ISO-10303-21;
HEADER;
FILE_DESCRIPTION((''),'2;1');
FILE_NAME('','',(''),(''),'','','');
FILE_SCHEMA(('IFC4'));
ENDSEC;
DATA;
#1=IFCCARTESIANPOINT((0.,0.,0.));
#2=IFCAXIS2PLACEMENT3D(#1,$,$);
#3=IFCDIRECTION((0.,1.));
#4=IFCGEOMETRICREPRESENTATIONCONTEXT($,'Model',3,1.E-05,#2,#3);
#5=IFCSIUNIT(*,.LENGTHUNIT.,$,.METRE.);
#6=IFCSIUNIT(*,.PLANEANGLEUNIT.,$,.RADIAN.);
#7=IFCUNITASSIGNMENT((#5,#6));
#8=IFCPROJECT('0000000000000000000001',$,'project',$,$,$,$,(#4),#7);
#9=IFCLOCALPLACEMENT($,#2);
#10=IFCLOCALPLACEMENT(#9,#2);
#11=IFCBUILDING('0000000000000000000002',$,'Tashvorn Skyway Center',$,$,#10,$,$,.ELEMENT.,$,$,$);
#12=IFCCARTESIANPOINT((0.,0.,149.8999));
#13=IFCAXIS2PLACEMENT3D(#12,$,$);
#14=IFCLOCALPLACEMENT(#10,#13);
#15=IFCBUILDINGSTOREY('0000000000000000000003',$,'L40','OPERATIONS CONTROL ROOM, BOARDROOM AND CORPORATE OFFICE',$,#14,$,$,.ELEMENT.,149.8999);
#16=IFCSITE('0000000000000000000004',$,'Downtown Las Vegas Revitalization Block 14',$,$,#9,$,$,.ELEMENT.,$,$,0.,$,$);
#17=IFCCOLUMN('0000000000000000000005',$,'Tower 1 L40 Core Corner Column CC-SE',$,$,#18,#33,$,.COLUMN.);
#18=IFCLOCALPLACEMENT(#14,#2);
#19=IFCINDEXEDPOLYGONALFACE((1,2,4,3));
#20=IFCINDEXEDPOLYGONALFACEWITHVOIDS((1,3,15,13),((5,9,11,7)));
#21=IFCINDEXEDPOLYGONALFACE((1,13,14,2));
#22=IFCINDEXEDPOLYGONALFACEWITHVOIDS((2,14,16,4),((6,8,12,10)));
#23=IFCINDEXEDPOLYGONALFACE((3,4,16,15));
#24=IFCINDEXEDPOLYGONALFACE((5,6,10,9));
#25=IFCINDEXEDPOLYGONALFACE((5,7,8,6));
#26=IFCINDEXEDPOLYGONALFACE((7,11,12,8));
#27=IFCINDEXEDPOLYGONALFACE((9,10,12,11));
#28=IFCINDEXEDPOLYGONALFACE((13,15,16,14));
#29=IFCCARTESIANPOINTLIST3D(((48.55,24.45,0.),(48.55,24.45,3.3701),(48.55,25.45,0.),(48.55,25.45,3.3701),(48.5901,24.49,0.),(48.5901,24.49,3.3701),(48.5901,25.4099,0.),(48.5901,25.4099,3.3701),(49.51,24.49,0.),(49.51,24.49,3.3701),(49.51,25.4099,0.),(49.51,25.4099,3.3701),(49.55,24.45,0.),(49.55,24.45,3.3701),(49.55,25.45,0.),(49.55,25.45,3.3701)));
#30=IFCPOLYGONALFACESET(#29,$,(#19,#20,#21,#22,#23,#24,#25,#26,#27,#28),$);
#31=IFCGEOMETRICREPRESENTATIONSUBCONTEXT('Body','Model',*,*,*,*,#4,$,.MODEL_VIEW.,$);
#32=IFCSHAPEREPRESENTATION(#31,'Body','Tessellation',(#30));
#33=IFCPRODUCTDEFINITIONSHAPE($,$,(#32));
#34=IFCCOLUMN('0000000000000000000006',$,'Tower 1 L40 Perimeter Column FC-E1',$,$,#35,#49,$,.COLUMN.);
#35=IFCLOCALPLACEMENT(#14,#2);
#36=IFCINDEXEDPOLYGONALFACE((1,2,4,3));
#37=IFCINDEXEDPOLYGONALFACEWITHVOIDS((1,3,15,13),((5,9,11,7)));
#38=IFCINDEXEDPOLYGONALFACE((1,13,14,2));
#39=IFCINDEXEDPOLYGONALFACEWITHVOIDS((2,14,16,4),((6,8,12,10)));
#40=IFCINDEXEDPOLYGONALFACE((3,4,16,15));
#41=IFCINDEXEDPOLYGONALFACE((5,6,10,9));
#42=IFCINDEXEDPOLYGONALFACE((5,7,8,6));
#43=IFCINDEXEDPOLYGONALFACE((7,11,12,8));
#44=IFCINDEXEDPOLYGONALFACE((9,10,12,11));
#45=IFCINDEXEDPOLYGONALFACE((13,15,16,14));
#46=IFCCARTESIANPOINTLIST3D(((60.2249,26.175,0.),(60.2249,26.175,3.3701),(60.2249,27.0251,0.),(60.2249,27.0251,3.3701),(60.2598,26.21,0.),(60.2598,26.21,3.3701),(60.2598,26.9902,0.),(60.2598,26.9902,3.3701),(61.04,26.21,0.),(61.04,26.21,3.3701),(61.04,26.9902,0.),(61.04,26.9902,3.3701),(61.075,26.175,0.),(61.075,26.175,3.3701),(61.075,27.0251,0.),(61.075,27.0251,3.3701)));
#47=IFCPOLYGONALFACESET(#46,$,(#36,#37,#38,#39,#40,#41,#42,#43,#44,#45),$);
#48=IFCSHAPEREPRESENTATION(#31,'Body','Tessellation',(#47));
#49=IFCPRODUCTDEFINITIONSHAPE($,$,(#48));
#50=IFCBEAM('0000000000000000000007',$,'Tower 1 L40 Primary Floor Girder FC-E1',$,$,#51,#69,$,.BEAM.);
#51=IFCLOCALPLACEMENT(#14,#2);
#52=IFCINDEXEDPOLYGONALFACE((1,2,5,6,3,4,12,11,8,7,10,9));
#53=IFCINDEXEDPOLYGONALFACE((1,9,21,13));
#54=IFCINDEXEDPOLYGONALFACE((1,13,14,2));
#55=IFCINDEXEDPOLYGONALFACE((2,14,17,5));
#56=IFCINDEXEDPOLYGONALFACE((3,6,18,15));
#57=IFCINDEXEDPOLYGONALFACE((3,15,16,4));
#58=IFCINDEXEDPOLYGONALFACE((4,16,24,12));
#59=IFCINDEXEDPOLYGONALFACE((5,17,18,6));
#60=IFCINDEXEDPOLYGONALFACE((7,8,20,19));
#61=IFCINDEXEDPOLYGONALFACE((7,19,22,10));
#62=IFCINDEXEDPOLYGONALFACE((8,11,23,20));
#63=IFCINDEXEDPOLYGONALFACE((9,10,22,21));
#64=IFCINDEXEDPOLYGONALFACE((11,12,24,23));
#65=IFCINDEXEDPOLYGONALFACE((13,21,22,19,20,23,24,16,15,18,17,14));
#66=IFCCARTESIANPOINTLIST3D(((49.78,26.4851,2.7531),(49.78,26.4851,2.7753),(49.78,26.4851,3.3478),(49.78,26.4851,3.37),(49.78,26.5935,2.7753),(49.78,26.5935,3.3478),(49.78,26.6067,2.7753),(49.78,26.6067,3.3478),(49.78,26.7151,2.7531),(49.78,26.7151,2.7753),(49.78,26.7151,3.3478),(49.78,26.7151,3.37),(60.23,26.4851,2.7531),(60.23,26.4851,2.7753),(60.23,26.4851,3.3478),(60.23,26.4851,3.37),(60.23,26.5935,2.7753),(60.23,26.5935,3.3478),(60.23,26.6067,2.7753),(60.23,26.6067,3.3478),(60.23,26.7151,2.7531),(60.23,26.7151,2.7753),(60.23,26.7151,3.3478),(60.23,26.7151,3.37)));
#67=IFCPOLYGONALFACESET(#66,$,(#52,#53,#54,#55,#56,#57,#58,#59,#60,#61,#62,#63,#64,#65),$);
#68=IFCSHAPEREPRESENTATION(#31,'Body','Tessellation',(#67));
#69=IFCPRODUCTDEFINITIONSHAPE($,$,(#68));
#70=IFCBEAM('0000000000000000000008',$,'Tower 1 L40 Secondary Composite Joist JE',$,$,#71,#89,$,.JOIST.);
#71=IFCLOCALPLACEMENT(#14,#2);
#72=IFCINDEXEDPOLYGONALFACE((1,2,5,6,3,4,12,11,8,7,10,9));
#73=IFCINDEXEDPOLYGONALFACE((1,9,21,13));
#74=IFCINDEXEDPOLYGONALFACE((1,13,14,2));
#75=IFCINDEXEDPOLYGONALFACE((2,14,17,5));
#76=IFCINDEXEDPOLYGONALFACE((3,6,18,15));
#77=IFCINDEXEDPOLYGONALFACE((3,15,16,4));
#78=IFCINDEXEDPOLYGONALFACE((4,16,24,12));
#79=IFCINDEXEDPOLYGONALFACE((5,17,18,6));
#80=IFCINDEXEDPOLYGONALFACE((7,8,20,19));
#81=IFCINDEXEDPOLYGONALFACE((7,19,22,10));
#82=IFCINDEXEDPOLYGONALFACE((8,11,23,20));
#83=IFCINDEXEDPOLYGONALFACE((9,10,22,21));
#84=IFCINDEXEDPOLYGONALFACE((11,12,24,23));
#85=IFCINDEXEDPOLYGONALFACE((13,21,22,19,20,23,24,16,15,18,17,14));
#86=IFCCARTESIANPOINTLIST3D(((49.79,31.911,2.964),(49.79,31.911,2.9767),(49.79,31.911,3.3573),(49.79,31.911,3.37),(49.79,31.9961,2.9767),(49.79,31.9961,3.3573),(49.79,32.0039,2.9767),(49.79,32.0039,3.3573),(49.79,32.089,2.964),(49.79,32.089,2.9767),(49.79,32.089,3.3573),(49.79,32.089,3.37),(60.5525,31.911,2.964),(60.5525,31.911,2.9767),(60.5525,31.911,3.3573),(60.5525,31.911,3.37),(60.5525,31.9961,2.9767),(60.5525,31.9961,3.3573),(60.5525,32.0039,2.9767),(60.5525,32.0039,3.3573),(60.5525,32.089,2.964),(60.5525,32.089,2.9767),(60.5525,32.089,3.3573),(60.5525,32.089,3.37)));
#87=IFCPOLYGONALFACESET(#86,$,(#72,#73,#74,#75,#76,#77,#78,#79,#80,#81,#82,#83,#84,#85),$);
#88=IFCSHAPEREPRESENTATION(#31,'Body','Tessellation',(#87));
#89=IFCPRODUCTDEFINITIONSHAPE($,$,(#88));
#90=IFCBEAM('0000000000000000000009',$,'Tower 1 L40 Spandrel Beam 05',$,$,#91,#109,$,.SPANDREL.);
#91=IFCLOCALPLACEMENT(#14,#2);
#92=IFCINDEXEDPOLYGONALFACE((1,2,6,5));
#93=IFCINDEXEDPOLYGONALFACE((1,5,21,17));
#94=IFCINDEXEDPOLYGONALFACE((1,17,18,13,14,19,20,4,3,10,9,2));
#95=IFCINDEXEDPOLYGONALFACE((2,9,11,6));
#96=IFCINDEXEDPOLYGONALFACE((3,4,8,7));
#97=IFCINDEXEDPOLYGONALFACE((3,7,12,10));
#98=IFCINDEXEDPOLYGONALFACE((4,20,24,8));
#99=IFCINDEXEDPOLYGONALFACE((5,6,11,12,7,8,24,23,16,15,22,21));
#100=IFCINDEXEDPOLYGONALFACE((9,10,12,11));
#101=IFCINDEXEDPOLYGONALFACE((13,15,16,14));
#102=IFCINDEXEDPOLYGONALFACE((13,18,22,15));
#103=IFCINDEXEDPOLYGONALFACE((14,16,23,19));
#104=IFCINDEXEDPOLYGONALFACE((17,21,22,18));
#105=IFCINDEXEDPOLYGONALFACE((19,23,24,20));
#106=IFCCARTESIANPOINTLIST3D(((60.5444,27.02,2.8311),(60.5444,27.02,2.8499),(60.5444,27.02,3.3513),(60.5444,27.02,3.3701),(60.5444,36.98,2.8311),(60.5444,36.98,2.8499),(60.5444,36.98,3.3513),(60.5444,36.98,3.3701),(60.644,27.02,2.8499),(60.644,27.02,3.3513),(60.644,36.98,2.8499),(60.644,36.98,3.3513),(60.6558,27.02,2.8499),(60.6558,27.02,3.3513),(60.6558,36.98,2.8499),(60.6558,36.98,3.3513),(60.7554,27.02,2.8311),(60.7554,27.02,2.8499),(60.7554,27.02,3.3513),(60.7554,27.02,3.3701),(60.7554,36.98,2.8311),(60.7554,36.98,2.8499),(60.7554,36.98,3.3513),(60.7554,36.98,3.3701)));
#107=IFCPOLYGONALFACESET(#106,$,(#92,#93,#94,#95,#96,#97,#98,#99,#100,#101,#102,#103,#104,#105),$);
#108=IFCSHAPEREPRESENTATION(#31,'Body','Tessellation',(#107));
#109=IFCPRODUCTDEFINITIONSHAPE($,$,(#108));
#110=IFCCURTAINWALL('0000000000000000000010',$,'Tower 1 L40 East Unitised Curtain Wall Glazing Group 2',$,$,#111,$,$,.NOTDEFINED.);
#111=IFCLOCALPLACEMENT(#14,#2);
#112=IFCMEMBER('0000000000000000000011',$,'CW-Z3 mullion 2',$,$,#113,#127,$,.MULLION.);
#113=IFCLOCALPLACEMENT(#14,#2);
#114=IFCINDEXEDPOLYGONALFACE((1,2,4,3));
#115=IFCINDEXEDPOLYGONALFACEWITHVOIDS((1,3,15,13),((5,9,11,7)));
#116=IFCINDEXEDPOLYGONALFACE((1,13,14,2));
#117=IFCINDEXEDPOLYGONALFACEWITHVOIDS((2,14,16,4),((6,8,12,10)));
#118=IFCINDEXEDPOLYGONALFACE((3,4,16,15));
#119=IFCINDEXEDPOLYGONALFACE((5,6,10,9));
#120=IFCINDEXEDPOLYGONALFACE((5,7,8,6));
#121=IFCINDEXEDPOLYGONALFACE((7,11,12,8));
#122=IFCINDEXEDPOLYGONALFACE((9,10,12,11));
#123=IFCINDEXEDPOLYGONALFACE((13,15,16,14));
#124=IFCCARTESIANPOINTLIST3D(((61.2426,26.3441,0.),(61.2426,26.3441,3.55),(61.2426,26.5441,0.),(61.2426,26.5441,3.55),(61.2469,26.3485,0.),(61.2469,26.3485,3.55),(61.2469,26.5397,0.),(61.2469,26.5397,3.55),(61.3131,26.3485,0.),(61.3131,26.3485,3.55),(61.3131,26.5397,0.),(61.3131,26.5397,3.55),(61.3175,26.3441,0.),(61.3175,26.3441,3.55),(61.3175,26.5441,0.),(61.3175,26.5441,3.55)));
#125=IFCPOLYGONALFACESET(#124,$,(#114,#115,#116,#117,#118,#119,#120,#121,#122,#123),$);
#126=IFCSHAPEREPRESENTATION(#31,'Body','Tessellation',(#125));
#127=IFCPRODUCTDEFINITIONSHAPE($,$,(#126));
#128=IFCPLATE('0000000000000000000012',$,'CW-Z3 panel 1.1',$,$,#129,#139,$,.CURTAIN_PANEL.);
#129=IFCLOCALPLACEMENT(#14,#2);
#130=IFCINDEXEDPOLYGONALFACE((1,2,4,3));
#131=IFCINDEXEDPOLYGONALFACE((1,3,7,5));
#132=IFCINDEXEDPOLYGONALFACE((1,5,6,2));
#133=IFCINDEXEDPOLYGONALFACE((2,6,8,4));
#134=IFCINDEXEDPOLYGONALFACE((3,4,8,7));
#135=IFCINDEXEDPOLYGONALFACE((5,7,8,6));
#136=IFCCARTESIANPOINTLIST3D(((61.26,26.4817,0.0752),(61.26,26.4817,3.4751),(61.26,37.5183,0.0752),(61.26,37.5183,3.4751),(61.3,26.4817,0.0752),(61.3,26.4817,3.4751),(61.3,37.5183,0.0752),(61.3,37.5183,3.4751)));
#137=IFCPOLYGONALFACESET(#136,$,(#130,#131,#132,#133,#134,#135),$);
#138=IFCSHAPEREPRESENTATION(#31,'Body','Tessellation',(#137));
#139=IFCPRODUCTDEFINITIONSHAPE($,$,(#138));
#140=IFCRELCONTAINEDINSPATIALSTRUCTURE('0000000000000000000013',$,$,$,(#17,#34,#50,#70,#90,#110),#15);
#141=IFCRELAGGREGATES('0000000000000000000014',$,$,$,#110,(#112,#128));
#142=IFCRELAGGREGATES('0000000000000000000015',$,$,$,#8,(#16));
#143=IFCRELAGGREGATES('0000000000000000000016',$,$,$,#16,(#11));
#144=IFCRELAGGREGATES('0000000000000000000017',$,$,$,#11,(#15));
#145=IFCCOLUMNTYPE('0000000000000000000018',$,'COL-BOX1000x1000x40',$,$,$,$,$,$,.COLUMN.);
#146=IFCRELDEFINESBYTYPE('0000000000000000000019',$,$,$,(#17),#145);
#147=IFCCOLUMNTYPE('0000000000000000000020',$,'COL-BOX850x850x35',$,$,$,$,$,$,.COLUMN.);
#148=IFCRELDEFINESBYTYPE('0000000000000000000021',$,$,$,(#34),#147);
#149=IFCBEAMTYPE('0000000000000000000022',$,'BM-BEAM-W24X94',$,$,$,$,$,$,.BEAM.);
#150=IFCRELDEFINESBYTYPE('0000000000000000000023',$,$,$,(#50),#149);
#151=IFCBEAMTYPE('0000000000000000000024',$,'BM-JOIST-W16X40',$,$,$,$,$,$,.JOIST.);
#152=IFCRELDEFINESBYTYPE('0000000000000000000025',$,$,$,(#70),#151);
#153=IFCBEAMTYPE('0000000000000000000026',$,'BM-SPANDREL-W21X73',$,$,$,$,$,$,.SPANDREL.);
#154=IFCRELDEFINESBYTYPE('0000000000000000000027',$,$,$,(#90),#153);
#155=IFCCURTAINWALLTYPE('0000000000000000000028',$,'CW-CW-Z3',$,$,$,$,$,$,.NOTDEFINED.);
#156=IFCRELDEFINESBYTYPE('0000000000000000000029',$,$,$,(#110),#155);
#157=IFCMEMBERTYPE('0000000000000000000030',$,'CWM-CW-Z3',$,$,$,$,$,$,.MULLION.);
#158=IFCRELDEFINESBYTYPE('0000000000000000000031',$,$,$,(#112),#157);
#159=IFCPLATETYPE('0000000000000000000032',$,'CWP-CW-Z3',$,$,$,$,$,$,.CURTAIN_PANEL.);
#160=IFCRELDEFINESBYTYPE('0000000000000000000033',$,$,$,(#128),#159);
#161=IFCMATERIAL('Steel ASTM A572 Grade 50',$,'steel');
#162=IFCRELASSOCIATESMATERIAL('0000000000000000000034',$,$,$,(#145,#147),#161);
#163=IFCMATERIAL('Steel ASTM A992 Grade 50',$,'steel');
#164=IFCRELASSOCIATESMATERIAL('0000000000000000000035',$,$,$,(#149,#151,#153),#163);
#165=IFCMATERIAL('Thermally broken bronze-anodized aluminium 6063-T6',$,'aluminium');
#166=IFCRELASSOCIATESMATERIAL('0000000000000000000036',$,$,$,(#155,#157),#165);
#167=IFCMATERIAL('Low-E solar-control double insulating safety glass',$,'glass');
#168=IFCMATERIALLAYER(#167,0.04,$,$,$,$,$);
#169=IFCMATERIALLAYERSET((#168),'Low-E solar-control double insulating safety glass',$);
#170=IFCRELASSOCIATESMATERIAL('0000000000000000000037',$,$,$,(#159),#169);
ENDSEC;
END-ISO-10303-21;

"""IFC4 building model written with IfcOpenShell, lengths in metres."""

from ifc_helpers import new_model, si_unit, direction, frame, origin, origin_2d, place, context, subcontext, project, spatial, rectangle, hollow_rectangle, i_section, extrude, material, layer, layer_set, material_profile, profile_set, type_object, element, aggregate, save


model = new_model("IFC4")

# Units and contexts
model_context = context("Model", 3, precision=1e-05, world=origin(), true_north=direction((0.0, 1.0)))
body_context = subcontext(model_context, "Body", "Model", "MODEL_VIEW")
ifc_project = project(units=[si_unit("LENGTHUNIT", "METRE"), si_unit("PLANEANGLEUNIT", "RADIAN")], contexts=[model_context])

# Site, building, storey
site_placement = place(None, origin())
site = spatial("IfcSite", under=ifc_project, at=site_placement, Name="Downtown Las Vegas Revitalization Block 14", CompositionType="ELEMENT", RefElevation=0.0)
building_placement = place(site_placement, origin())
building = spatial("IfcBuilding", under=site, at=building_placement, Name="Tashvorn Skyway Center", CompositionType="ELEMENT")
storey_placement = place(building_placement, frame((0.0, 0.0, 149.8999)))
storey = spatial("IfcBuildingStorey", under=building, at=storey_placement, Name="L40", Description="OPERATIONS CONTROL ROOM, BOARDROOM AND CORPORATE OFFICE", CompositionType="ELEMENT", Elevation=149.8999)

# Columns
ifc_material_1 = material(Name="Steel ASTM A572 Grade 50", Category="steel")
ifc_material_profile_1 = material_profile(ifc_material_1, hollow_rectangle(XDim=1.0, YDim=1.0, WallThickness=0.04, at=origin_2d()), Name="BOX1000x1000x40")
ifc_profile_set_1 = profile_set([ifc_material_profile_1], Name="Steel ASTM A572 Grade 50")
column_type_1 = type_object("IfcColumnType", Name="COL-BOX1000x1000x40", PredefinedType="COLUMN", material=ifc_profile_set_1)
column_1_placement = place(storey_placement, frame((49.05, 24.95, 0.0), z_axis=(0.0, 0.0, 1.0), x_axis=(1.0, 0.0, 0.0)))
element("IfcColumn", 1, at=column_1_placement, inside=storey, type_object=column_type_1, Name="Tower 1 L40 Core Corner Column CC-SE", PredefinedType="COLUMN", context=body_context, shape_type="SweptSolid", body=[
    extrude(hollow_rectangle(XDim=1.0, YDim=1.0, WallThickness=0.04, at=origin_2d()), origin(), (0.0, 0.0, 1.0), 3.3701),
])
ifc_material_profile_2 = material_profile(ifc_material_1, hollow_rectangle(XDim=0.8501, YDim=0.8501, WallThickness=0.0349, at=origin_2d()), Name="BOX850x850x35")
ifc_profile_set_2 = profile_set([ifc_material_profile_2], Name="Steel ASTM A572 Grade 50")
column_type_2 = type_object("IfcColumnType", Name="COL-BOX850x850x35", PredefinedType="COLUMN", material=ifc_profile_set_2)
column_2_placement = place(storey_placement, frame((60.6499, 26.6001, 0.0), z_axis=(0.0, 0.0, 1.0), x_axis=(1.0, 0.0, 0.0)))
element("IfcColumn", 2, at=column_2_placement, inside=storey, type_object=column_type_2, Name="Tower 1 L40 Perimeter Column FC-E1", PredefinedType="COLUMN", context=body_context, shape_type="SweptSolid", body=[
    extrude(hollow_rectangle(XDim=0.8501, YDim=0.8501, WallThickness=0.0349, at=origin_2d()), origin(), (0.0, 0.0, 1.0), 3.3701),
])

# Beams
ifc_material_2 = material(Name="Steel ASTM A992 Grade 50", Category="steel")
ifc_material_profile_3 = material_profile(ifc_material_2, i_section(OverallWidth=0.23, OverallDepth=0.6169, WebThickness=0.0132, FlangeThickness=0.0222, at=origin_2d()), Name="W24X94")
ifc_profile_set_3 = profile_set([ifc_material_profile_3], Name="Steel ASTM A992 Grade 50")
beam_type_1 = type_object("IfcBeamType", Name="BM-BEAM-W24X94", PredefinedType="BEAM", material=ifc_profile_set_3)
beam_1_placement = place(storey_placement, frame((60.23, 26.6001, 3.0615), z_axis=(-1.0, 0.0, 0.0), x_axis=(0.0, -1.0, 0.0)))
element("IfcBeam", 3, at=beam_1_placement, inside=storey, type_object=beam_type_1, Name="Tower 1 L40 Primary Floor Girder FC-E1", PredefinedType="BEAM", context=body_context, shape_type="SweptSolid", body=[
    extrude(i_section(OverallWidth=0.23, OverallDepth=0.6169, WebThickness=0.0132, FlangeThickness=0.0222, at=origin_2d()), origin(), (0.0, 0.0, 1.0), 10.45),
])
ifc_material_profile_4 = material_profile(ifc_material_2, i_section(OverallWidth=0.178, OverallDepth=0.406, WebThickness=0.0078, FlangeThickness=0.0127, at=origin_2d()), Name="W16X40")
ifc_profile_set_4 = profile_set([ifc_material_profile_4], Name="Steel ASTM A992 Grade 50")
beam_type_2 = type_object("IfcBeamType", Name="BM-JOIST-W16X40", PredefinedType="JOIST", material=ifc_profile_set_4)
beam_2_placement = place(storey_placement, frame((49.79, 32.0, 3.167), z_axis=(1.0, 0.0, 0.0), x_axis=(0.0, 1.0, 0.0)))
element("IfcBeam", 4, at=beam_2_placement, inside=storey, type_object=beam_type_2, Name="Tower 1 L40 Secondary Composite Joist JE", PredefinedType="JOIST", context=body_context, shape_type="SweptSolid", body=[
    extrude(i_section(OverallWidth=0.178, OverallDepth=0.406, WebThickness=0.0078, FlangeThickness=0.0127, at=origin_2d()), origin(), (0.0, 0.0, 1.0), 10.7625),
])
ifc_material_profile_5 = material_profile(ifc_material_2, i_section(OverallWidth=0.2109, OverallDepth=0.5391, WebThickness=0.0117, FlangeThickness=0.0188, at=origin_2d()), Name="W21X73")
ifc_profile_set_5 = profile_set([ifc_material_profile_5], Name="Steel ASTM A992 Grade 50")
beam_type_3 = type_object("IfcBeamType", Name="BM-SPANDREL-W21X73", PredefinedType="SPANDREL", material=ifc_profile_set_5)
beam_3_placement = place(storey_placement, frame((60.6499, 27.02, 3.1006), z_axis=(0.0, 1.0, 0.0), x_axis=(-1.0, 0.0, 0.0)))
element("IfcBeam", 5, at=beam_3_placement, inside=storey, type_object=beam_type_3, Name="Tower 1 L40 Spandrel Beam 05", PredefinedType="SPANDREL", context=body_context, shape_type="SweptSolid", body=[
    extrude(i_section(OverallWidth=0.2109, OverallDepth=0.5391, WebThickness=0.0117, FlangeThickness=0.0188, at=origin_2d()), origin(), (0.0, 0.0, 1.0), 9.96),
])

# Curtain wall, member, plate
ifc_material_3 = material(Name="Thermally broken bronze-anodized aluminium 6063-T6", Category="aluminium")
curtain_wall_type = type_object("IfcCurtainWallType", Name="CW-CW-Z3", PredefinedType="NOTDEFINED", material=ifc_material_3)
curtain_wall_placement = place(storey_placement, origin())
curtain_wall = element("IfcCurtainWall", 6, at=curtain_wall_placement, inside=storey, type_object=curtain_wall_type, Name="Tower 1 L40 East Unitised Curtain Wall Glazing Group 2", PredefinedType="NOTDEFINED")
ifc_material_profile_6 = material_profile(ifc_material_3, hollow_rectangle(XDim=0.075, YDim=0.2, WallThickness=0.0044, at=origin_2d()), Name="ALU-MULL-75x200")
ifc_profile_set_6 = profile_set([ifc_material_profile_6], Name="Thermally broken bronze-anodized aluminium 6063-T6")
member_type = type_object("IfcMemberType", Name="CWM-CW-Z3", PredefinedType="MULLION", material=ifc_profile_set_6)
member_placement = place(storey_placement, frame((61.28, 26.4441, 0.0), z_axis=(0.0, 0.0, 1.0), x_axis=(1.0, 0.0, 0.0)))
member = element("IfcMember", 7, at=member_placement, type_object=member_type, Name="CW-Z3 mullion 2", PredefinedType="MULLION", context=body_context, shape_type="SweptSolid", body=[
    extrude(hollow_rectangle(XDim=0.075, YDim=0.2, WallThickness=0.0044, at=origin_2d()), origin(), (0.0, 0.0, 1.0), 3.55),
])
ifc_material_4 = material(Name="Low-E solar-control double insulating safety glass", Category="glass")
ifc_layer_1 = layer(ifc_material_4, 0.04)
ifc_layer_set_1 = layer_set([ifc_layer_1], Name="Low-E solar-control double insulating safety glass")
plate_type = type_object("IfcPlateType", Name="CWP-CW-Z3", PredefinedType="CURTAIN_PANEL", material=ifc_layer_set_1)
plate_placement = place(storey_placement, frame((61.28, 32.0, 0.0752), z_axis=(0.0, 0.0, 1.0), x_axis=(0.0, -1.0, 0.0)))
plate = element("IfcPlate", 8, at=plate_placement, type_object=plate_type, Name="CW-Z3 panel 1.1", PredefinedType="CURTAIN_PANEL", context=body_context, shape_type="SweptSolid", body=[
    extrude(rectangle(XDim=11.0366, YDim=0.04, at=origin_2d()), origin(), (0.0, 0.0, 1.0), 3.3999),
])
aggregate(curtain_wall, [member, plate])

save(model, "model.ifc")
